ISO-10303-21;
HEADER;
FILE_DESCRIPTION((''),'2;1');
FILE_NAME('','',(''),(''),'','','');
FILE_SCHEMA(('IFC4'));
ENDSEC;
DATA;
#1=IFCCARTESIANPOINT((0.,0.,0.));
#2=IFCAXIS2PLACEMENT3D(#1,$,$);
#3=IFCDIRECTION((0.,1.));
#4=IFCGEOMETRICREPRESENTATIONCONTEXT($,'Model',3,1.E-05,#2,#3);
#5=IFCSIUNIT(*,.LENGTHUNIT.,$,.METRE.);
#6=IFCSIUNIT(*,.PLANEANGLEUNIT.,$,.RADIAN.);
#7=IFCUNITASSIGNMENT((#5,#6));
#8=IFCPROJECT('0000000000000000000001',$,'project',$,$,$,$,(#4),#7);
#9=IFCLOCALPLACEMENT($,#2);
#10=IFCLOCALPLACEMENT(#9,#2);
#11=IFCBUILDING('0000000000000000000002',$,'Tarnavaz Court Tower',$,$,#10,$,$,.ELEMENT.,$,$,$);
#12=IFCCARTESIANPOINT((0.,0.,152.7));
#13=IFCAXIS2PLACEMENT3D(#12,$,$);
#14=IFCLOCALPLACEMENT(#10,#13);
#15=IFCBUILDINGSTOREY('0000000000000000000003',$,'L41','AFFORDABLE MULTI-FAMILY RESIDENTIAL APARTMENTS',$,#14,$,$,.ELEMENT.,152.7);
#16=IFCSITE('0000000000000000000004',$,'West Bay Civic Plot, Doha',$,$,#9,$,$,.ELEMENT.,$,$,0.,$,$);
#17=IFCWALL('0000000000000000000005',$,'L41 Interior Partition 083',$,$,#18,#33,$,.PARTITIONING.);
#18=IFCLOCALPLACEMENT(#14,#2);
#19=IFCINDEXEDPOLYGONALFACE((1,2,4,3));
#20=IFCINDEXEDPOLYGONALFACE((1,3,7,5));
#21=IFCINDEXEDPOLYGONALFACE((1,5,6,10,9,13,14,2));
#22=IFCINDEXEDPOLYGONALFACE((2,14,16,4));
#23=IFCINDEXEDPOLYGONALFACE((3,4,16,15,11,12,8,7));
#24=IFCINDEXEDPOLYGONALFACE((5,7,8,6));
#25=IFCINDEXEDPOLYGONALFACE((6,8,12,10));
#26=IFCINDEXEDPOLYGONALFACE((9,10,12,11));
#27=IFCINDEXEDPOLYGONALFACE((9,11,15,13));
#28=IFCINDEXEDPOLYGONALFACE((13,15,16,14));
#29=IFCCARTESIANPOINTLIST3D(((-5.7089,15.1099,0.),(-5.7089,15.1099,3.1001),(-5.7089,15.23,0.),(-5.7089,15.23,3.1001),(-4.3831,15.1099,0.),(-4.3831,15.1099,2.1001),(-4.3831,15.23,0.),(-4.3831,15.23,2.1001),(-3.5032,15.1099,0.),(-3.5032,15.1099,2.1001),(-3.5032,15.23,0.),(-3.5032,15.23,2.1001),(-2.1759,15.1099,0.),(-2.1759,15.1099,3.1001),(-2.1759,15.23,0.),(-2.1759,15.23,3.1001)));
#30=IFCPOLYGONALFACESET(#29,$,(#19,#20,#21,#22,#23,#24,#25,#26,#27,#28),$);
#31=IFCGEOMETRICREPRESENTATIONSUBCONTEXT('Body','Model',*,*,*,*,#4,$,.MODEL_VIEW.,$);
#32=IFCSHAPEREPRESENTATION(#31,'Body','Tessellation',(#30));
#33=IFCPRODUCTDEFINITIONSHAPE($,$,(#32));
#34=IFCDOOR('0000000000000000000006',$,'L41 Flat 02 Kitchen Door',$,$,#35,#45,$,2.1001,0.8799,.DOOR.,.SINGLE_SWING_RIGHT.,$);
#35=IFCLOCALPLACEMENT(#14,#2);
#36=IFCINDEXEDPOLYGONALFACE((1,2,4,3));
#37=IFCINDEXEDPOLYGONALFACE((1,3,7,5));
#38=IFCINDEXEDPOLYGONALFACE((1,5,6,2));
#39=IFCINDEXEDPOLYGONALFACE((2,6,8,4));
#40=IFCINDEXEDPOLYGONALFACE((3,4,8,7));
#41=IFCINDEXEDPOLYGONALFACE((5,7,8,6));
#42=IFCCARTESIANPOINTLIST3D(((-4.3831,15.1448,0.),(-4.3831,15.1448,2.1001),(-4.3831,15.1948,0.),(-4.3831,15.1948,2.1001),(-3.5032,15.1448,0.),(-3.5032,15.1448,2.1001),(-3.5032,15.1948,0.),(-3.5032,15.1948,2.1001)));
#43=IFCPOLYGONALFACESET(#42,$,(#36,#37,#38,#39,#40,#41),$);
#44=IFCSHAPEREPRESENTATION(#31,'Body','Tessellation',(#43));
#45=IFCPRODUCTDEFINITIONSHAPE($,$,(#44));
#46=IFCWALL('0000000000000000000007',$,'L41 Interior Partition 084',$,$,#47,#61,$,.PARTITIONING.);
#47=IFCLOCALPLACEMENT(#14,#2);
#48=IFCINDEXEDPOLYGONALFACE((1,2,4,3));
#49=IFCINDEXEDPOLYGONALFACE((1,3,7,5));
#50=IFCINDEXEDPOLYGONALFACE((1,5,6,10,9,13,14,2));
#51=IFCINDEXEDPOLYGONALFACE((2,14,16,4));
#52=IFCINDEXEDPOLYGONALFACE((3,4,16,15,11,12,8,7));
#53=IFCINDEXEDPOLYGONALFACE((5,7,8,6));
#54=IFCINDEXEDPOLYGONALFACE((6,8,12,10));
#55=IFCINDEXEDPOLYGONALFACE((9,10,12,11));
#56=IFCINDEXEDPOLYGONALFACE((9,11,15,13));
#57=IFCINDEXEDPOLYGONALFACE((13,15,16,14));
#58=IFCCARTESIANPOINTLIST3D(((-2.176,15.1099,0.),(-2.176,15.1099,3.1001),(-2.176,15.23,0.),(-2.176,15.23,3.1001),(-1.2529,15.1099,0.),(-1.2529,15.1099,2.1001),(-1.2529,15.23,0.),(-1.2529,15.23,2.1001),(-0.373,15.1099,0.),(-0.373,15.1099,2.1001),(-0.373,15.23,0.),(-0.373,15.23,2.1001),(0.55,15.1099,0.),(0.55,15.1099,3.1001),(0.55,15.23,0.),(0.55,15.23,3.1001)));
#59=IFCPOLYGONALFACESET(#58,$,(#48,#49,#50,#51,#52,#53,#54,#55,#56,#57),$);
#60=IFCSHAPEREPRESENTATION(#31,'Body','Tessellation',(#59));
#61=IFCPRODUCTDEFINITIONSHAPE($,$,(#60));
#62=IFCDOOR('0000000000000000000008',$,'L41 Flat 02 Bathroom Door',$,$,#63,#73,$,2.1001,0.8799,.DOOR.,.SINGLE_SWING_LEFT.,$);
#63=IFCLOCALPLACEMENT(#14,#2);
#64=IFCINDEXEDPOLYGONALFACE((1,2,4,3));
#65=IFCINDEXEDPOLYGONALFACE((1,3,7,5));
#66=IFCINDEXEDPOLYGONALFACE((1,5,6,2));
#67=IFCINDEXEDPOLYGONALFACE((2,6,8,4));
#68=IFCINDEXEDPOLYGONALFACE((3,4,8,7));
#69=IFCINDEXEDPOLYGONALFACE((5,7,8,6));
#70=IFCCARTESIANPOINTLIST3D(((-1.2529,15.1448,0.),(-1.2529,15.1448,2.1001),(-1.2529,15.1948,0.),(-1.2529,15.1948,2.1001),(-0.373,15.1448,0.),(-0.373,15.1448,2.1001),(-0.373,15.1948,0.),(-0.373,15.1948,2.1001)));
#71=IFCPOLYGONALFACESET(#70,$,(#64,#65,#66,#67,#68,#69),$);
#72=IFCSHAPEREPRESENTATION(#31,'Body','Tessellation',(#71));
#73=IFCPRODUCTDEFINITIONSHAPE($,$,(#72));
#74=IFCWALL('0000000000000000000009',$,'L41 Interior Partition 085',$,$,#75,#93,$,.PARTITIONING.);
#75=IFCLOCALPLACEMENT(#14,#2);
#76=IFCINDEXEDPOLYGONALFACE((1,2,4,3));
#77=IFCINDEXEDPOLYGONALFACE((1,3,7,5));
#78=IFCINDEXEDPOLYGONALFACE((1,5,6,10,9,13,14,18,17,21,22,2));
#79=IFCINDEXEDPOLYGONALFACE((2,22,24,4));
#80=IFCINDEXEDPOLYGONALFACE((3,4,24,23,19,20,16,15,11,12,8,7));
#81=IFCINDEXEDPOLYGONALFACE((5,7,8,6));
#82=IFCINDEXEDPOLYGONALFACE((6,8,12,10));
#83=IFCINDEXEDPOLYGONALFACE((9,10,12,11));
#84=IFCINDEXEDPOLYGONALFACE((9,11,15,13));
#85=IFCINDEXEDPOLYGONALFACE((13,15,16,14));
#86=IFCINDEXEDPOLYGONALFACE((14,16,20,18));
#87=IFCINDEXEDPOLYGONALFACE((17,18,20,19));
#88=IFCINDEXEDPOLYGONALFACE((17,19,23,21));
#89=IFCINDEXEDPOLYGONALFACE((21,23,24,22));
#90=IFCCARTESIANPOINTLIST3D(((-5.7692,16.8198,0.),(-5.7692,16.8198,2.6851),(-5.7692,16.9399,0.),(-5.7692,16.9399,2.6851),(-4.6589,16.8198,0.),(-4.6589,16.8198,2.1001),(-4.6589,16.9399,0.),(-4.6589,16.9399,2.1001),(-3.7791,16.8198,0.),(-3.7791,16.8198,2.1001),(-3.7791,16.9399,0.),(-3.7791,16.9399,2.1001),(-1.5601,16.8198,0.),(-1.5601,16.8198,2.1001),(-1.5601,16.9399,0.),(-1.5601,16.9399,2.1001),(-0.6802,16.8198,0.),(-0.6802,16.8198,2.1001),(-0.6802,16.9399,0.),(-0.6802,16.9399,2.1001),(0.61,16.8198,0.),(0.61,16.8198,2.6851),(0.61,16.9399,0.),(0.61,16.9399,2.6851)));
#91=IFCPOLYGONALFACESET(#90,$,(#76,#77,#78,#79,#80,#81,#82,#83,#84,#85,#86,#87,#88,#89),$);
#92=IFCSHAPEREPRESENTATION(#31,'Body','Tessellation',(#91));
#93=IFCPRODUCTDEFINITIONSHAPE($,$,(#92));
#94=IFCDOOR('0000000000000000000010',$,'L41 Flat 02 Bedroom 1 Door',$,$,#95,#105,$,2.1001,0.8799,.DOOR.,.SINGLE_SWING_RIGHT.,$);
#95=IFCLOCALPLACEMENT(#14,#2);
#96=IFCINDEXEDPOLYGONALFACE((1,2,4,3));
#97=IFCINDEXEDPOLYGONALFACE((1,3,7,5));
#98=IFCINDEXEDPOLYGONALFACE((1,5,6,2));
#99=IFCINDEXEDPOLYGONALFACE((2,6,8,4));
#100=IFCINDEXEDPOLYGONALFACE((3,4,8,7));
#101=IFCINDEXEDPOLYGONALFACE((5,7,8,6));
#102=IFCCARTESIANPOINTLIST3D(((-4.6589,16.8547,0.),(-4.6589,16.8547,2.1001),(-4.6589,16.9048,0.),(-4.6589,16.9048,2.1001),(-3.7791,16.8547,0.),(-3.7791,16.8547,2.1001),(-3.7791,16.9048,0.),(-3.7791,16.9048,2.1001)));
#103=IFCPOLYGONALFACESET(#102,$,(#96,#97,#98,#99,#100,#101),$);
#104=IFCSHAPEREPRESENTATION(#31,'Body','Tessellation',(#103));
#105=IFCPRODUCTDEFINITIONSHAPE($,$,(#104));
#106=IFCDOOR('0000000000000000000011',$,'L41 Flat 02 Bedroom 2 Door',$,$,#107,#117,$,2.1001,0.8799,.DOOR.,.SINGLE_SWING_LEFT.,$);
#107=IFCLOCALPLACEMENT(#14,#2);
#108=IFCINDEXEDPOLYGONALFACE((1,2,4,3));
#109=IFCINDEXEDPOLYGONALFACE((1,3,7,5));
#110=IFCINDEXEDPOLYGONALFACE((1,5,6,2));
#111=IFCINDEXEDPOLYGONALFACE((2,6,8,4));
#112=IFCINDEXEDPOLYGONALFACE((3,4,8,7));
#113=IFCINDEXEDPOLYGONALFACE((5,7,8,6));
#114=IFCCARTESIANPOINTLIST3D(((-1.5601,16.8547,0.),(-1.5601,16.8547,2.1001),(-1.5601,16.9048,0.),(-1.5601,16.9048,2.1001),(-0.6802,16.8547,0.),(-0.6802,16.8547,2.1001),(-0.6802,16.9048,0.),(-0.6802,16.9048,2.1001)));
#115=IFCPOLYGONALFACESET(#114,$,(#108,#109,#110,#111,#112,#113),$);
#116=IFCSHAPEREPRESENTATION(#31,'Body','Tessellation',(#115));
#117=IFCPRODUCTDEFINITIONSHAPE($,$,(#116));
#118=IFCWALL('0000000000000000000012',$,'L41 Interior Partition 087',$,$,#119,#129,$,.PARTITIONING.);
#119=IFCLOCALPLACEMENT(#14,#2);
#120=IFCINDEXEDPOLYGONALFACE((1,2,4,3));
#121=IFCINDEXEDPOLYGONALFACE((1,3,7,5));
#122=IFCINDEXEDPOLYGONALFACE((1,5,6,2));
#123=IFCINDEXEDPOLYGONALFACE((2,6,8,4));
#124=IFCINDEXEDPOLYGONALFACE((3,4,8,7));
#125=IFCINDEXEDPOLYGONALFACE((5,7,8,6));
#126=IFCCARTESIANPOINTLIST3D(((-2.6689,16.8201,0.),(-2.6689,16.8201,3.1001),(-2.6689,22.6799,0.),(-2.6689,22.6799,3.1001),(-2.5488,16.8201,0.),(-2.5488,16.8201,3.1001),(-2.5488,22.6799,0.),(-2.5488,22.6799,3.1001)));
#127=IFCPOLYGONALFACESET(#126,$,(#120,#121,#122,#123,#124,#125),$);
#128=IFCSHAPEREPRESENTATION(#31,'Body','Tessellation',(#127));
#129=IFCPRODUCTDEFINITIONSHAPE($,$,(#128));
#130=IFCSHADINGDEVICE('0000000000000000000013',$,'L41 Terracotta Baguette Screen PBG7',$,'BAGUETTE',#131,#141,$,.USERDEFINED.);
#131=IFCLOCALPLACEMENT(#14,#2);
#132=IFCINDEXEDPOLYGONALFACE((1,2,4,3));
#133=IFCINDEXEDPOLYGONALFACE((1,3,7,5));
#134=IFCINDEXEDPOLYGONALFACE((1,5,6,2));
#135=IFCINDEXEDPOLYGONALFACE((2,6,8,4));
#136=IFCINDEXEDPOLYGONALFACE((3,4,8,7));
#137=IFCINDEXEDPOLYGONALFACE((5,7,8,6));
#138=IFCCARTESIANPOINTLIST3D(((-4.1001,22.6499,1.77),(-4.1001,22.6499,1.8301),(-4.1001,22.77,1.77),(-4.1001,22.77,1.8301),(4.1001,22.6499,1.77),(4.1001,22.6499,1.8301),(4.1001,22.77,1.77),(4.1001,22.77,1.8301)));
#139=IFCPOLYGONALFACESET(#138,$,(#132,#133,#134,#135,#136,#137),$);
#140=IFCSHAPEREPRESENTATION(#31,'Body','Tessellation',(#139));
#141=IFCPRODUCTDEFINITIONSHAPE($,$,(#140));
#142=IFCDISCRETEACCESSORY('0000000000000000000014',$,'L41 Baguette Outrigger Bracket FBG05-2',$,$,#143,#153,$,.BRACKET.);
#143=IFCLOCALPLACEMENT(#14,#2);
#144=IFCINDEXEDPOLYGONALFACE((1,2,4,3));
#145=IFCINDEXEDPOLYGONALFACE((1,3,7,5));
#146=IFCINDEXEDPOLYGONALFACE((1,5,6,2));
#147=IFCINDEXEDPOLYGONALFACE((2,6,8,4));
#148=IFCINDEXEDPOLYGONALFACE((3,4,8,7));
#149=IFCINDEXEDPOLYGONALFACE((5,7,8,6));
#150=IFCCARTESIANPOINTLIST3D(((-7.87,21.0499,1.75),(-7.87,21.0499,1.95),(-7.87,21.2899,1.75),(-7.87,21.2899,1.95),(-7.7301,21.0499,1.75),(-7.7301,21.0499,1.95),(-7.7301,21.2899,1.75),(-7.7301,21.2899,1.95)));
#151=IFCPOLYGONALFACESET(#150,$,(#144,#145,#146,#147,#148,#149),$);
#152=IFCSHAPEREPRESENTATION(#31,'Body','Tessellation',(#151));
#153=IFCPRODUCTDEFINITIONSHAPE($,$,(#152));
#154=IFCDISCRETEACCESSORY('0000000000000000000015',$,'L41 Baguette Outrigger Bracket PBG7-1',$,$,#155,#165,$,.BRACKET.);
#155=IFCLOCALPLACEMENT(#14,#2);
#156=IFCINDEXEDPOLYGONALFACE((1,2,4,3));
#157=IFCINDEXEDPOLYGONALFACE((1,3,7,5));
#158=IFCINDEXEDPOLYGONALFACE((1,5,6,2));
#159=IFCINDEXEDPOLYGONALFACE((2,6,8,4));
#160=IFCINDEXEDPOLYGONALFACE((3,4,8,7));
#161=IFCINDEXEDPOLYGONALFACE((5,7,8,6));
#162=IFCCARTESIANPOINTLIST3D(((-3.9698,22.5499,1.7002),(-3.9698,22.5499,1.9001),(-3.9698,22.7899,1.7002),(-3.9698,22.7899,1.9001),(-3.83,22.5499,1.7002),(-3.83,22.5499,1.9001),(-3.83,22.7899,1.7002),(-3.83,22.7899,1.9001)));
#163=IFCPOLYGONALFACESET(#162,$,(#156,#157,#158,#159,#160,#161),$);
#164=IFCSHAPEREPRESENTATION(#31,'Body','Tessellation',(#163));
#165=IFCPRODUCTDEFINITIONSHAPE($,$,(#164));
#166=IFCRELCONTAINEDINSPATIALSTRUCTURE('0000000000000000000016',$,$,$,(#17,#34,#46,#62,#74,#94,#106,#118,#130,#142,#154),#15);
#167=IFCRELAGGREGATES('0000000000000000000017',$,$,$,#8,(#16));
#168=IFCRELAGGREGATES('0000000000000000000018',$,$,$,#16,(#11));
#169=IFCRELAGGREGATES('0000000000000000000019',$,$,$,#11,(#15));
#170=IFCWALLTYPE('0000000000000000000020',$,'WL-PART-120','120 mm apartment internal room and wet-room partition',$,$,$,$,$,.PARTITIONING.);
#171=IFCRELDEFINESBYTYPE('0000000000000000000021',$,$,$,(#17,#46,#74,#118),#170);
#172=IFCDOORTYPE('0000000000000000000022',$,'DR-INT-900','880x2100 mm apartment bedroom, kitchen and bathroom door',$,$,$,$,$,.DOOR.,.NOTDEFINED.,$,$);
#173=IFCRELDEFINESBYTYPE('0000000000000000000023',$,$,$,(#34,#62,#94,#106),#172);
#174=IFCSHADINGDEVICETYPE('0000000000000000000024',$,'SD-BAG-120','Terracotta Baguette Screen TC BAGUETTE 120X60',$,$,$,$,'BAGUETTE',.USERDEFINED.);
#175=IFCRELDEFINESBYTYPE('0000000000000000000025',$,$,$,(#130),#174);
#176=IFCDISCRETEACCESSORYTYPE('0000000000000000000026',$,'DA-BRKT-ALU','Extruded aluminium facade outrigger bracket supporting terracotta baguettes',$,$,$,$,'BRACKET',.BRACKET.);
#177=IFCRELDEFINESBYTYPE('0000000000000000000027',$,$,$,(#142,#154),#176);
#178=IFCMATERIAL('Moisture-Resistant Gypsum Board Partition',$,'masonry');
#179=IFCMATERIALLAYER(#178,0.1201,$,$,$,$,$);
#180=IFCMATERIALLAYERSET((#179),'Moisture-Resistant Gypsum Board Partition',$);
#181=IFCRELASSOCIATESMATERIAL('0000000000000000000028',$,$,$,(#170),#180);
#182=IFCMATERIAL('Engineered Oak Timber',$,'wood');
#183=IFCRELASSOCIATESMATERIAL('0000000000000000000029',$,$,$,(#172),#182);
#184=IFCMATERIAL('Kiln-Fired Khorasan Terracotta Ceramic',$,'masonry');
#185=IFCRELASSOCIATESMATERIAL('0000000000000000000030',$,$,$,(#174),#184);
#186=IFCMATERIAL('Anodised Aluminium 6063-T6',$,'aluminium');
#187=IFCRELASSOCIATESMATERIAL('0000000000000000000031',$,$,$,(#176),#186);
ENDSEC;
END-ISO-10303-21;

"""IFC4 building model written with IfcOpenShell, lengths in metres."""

from ifc_helpers import new_model, si_unit, direction, frame, frame_2d, origin, origin_2d, place, context, subcontext, project, spatial, rectangle, extrude, material, layer, layer_set, material_profile, profile_set, type_object, element, fill, save


model = new_model("IFC4")

# Units and contexts
model_context = context("Model", 3, precision=1e-05, world=origin(), true_north=direction((0.0, 1.0)))
body_context = subcontext(model_context, "Body", "Model", "MODEL_VIEW")
ifc_project = project(units=[si_unit("LENGTHUNIT", "METRE"), si_unit("PLANEANGLEUNIT", "RADIAN")], contexts=[model_context])

# Site, building, storey
site_placement = place(None, origin())
site = spatial("IfcSite", under=ifc_project, at=site_placement, Name="West Bay Civic Plot, Doha", CompositionType="ELEMENT", RefElevation=0.0)
building_placement = place(site_placement, origin())
building = spatial("IfcBuilding", under=site, at=building_placement, Name="Tarnavaz Court Tower", CompositionType="ELEMENT")
storey_placement = place(building_placement, frame((0.0, 0.0, 152.7)))
storey = spatial("IfcBuildingStorey", under=building, at=storey_placement, Name="L41", Description="AFFORDABLE MULTI-FAMILY RESIDENTIAL APARTMENTS", CompositionType="ELEMENT", Elevation=152.7)

# Shared definitions
ifc_material_1 = material(Name="Anodised Aluminium 6063-T6", Category="aluminium")

# Walls, openings, doors
ifc_material_2 = material(Name="Moisture-Resistant Gypsum Board Partition", Category="masonry")
ifc_layer_1 = layer(ifc_material_2, 0.1201)
ifc_layer_set_1 = layer_set([ifc_layer_1], Name="Moisture-Resistant Gypsum Board Partition")
wall_type_1 = type_object("IfcWallType", Name="WL-PART-120", Description="120 mm apartment internal room and wet-room partition", PredefinedType="PARTITIONING", material=ifc_layer_set_1)
ifc_material_3 = material(Name="Engineered Oak Timber", Category="wood")
door_type = type_object("IfcDoorType", Name="DR-INT-900", Description="880x2100 mm apartment bedroom, kitchen and bathroom door", OperationType="NOTDEFINED", PredefinedType="DOOR", material=ifc_material_3)
wall_1_placement = place(storey_placement, frame((-5.709, 15.1699, 0.0), z_axis=(0.0, 0.0, 1.0), x_axis=(1.0, 0.0, 0.0)))
wall_1 = element("IfcWall", 1, at=wall_1_placement, inside=storey, type_object=wall_type_1, Name="L41 Interior Partition 083", PredefinedType="PARTITIONING", context=body_context, shape_type="SweptSolid", body=[
    extrude(rectangle(XDim=3.533, YDim=0.1201, at=frame_2d((1.7666, 0.0))), origin(), (0.0, 0.0, 1.0), 3.1001),
])
opening_1_placement = place(wall_1_placement, frame((1.3259, 0.0, 0.0)))
opening_1 = element("IfcOpeningElement", 2, at=opening_1_placement, cuts=wall_1, PredefinedType="OPENING", context=body_context, shape_type="SweptSolid", body=[
    extrude(rectangle(XDim=0.8799, YDim=2.1001, at=frame_2d((0.4399, 1.05))), frame((0.0, 0.0701, 0.0), z_axis=(0.0, -1.0, 0.0), x_axis=(1.0, 0.0, 0.0)), (0.0, 0.0, 1.0), 0.1401),
])
door_1_placement = place(opening_1_placement, origin())
door_1 = element("IfcDoor", 3, at=door_1_placement, inside=storey, type_object=door_type, Name="L41 Flat 02 Kitchen Door", OperationType="SINGLE_SWING_RIGHT", OverallHeight=2.1001, OverallWidth=0.8799, PredefinedType="DOOR", context=body_context, shape_type="SweptSolid", body=[
    extrude(rectangle(XDim=0.8799, YDim=2.1001, at=frame_2d((0.4399, 1.05))), frame((0.0, 0.0249, 0.0), z_axis=(0.0, -1.0, 0.0), x_axis=(1.0, 0.0, 0.0)), (0.0, 0.0, 1.0), 0.05),
])
fill(opening_1, door_1)
wall_2_placement = place(storey_placement, frame((-2.176, 15.1699, 0.0), z_axis=(0.0, 0.0, 1.0), x_axis=(1.0, 0.0, 0.0)))
wall_2 = element("IfcWall", 4, at=wall_2_placement, inside=storey, type_object=wall_type_1, Name="L41 Interior Partition 084", PredefinedType="PARTITIONING", context=body_context, shape_type="SweptSolid", body=[
    extrude(rectangle(XDim=2.7261, YDim=0.1201, at=frame_2d((1.363, 0.0))), origin(), (0.0, 0.0, 1.0), 3.1001),
])
opening_2_placement = place(wall_2_placement, frame((0.9231, 0.0, 0.0)))
opening_2 = element("IfcOpeningElement", 5, at=opening_2_placement, cuts=wall_2, PredefinedType="OPENING", context=body_context, shape_type="SweptSolid", body=[
    extrude(rectangle(XDim=0.8799, YDim=2.1001, at=frame_2d((0.4399, 1.05))), frame((0.0, 0.0701, 0.0), z_axis=(0.0, -1.0, 0.0), x_axis=(1.0, 0.0, 0.0)), (0.0, 0.0, 1.0), 0.1401),
])
door_2_placement = place(opening_2_placement, origin())
door_2 = element("IfcDoor", 6, at=door_2_placement, inside=storey, type_object=door_type, Name="L41 Flat 02 Bathroom Door", OperationType="SINGLE_SWING_LEFT", OverallHeight=2.1001, OverallWidth=0.8799, PredefinedType="DOOR", context=body_context, shape_type="SweptSolid", body=[
    extrude(rectangle(XDim=0.8799, YDim=2.1001, at=frame_2d((0.4399, 1.05))), frame((0.0, 0.0249, 0.0), z_axis=(0.0, -1.0, 0.0), x_axis=(1.0, 0.0, 0.0)), (0.0, 0.0, 1.0), 0.05),
])
fill(opening_2, door_2)

# Wall, openings, doors
wall_3_placement = place(storey_placement, frame((-5.769, 16.8799, 0.0), z_axis=(0.0, 0.0, 1.0), x_axis=(1.0, 0.0, 0.0)))
wall_3 = element("IfcWall", 7, at=wall_3_placement, inside=storey, type_object=wall_type_1, Name="L41 Interior Partition 085", PredefinedType="PARTITIONING", context=body_context, shape_type="SweptSolid", body=[
    extrude(rectangle(XDim=6.3792, YDim=0.1201, at=frame_2d((3.1895, 0.0))), origin(), (0.0, 0.0, 1.0), 2.6851),
])
opening_3_placement = place(wall_3_placement, frame((1.1101, 0.0, 0.0)))
opening_3 = element("IfcOpeningElement", 8, at=opening_3_placement, cuts=wall_3, PredefinedType="OPENING", context=body_context, shape_type="SweptSolid", body=[
    extrude(rectangle(XDim=0.8799, YDim=2.1001, at=frame_2d((0.4399, 1.05))), frame((0.0, 0.0701, 0.0), z_axis=(0.0, -1.0, 0.0), x_axis=(1.0, 0.0, 0.0)), (0.0, 0.0, 1.0), 0.1401),
])
opening_4_placement = place(wall_3_placement, frame((4.209, 0.0, 0.0)))
opening_4 = element("IfcOpeningElement", 9, at=opening_4_placement, cuts=wall_3, PredefinedType="OPENING", context=body_context, shape_type="SweptSolid", body=[
    extrude(rectangle(XDim=0.8799, YDim=2.1001, at=frame_2d((0.4399, 1.05))), frame((0.0, 0.0701, 0.0), z_axis=(0.0, -1.0, 0.0), x_axis=(1.0, 0.0, 0.0)), (0.0, 0.0, 1.0), 0.1401),
])
door_3_placement = place(opening_3_placement, origin())
door_3 = element("IfcDoor", 10, at=door_3_placement, inside=storey, type_object=door_type, Name="L41 Flat 02 Bedroom 1 Door", OperationType="SINGLE_SWING_RIGHT", OverallHeight=2.1001, OverallWidth=0.8799, PredefinedType="DOOR", context=body_context, shape_type="SweptSolid", body=[
    extrude(rectangle(XDim=0.8799, YDim=2.1001, at=frame_2d((0.4399, 1.05))), frame((0.0, 0.0249, 0.0), z_axis=(0.0, -1.0, 0.0), x_axis=(1.0, 0.0, 0.0)), (0.0, 0.0, 1.0), 0.05),
])
fill(opening_3, door_3)
door_4_placement = place(opening_4_placement, origin())
door_4 = element("IfcDoor", 11, at=door_4_placement, inside=storey, type_object=door_type, Name="L41 Flat 02 Bedroom 2 Door", OperationType="SINGLE_SWING_LEFT", OverallHeight=2.1001, OverallWidth=0.8799, PredefinedType="DOOR", context=body_context, shape_type="SweptSolid", body=[
    extrude(rectangle(XDim=0.8799, YDim=2.1001, at=frame_2d((0.4399, 1.05))), frame((0.0, 0.0249, 0.0), z_axis=(0.0, -1.0, 0.0), x_axis=(1.0, 0.0, 0.0)), (0.0, 0.0, 1.0), 0.05),
])
fill(opening_4, door_4)

# Wall
wall_4_placement = place(storey_placement, frame((-2.6089, 16.8201, 0.0), z_axis=(0.0, 0.0, 1.0), x_axis=(0.0, 1.0, 0.0)))
element("IfcWall", 12, at=wall_4_placement, inside=storey, type_object=wall_type_1, Name="L41 Interior Partition 087", PredefinedType="PARTITIONING", context=body_context, shape_type="SweptSolid", body=[
    extrude(rectangle(XDim=5.8599, YDim=0.1201, at=frame_2d((2.9299, 0.0))), origin(), (0.0, 0.0, 1.0), 3.1001),
])

# Shading device
ifc_material_4 = material(Name="Kiln-Fired Khorasan Terracotta Ceramic", Category="masonry")
ifc_material_profile_1 = material_profile(ifc_material_4, rectangle(XDim=0.1201, YDim=0.0601, at=origin_2d()), Name="TC BAGUETTE 120X60")
ifc_profile_set_1 = profile_set([ifc_material_profile_1], Name="Kiln-Fired Khorasan Terracotta Ceramic")
shading_device_type = type_object("IfcShadingDeviceType", Name="SD-BAG-120", Description="Terracotta Baguette Screen TC BAGUETTE 120X60", ElementType="BAGUETTE", PredefinedType="USERDEFINED", material=ifc_profile_set_1)
shading_device_placement = place(storey_placement, frame((-4.1001, 22.71, 1.8), z_axis=(1.0, 0.0, 0.0), x_axis=(0.0, 1.0, 0.0)))
element("IfcShadingDevice", 13, at=shading_device_placement, inside=storey, type_object=shading_device_type, Name="L41 Terracotta Baguette Screen PBG7", ObjectType="BAGUETTE", PredefinedType="USERDEFINED", context=body_context, shape_type="SweptSolid", body=[
    extrude(rectangle(XDim=0.1201, YDim=0.0601, at=origin_2d()), origin(), (0.0, 0.0, 1.0), 8.2002),
])

# Discrete accessories
discrete_accessory_type = type_object("IfcDiscreteAccessoryType", Name="DA-BRKT-ALU", Description="Extruded aluminium facade outrigger bracket supporting terracotta baguettes", ElementType="BRACKET", PredefinedType="BRACKET", material=ifc_material_1)
for number, where, z_axis, x_axis, name in (
    (14, (-7.8, 21.1699, 1.75), (0.0, 0.0, 1.0), (1.0, 0.0, 0.0), "L41 Baguette Outrigger Bracket FBG05-2"),
    (15, (-3.8999, 22.6699, 1.7002), (0.0, 0.0, 1.0), (1.0, 0.0, 0.0), "L41 Baguette Outrigger Bracket PBG7-1"),
):
    element("IfcDiscreteAccessory", number, at=place(storey_placement, frame(where, z_axis=z_axis, x_axis=x_axis)), inside=storey, type_object=discrete_accessory_type, Name=name, PredefinedType="BRACKET", context=body_context, shape_type="SweptSolid", body=[
        extrude(rectangle(XDim=0.1399, YDim=0.24, at=origin_2d()), origin(), (0.0, 0.0, 1.0), 0.2),
    ])

save(model, "model.ifc")
